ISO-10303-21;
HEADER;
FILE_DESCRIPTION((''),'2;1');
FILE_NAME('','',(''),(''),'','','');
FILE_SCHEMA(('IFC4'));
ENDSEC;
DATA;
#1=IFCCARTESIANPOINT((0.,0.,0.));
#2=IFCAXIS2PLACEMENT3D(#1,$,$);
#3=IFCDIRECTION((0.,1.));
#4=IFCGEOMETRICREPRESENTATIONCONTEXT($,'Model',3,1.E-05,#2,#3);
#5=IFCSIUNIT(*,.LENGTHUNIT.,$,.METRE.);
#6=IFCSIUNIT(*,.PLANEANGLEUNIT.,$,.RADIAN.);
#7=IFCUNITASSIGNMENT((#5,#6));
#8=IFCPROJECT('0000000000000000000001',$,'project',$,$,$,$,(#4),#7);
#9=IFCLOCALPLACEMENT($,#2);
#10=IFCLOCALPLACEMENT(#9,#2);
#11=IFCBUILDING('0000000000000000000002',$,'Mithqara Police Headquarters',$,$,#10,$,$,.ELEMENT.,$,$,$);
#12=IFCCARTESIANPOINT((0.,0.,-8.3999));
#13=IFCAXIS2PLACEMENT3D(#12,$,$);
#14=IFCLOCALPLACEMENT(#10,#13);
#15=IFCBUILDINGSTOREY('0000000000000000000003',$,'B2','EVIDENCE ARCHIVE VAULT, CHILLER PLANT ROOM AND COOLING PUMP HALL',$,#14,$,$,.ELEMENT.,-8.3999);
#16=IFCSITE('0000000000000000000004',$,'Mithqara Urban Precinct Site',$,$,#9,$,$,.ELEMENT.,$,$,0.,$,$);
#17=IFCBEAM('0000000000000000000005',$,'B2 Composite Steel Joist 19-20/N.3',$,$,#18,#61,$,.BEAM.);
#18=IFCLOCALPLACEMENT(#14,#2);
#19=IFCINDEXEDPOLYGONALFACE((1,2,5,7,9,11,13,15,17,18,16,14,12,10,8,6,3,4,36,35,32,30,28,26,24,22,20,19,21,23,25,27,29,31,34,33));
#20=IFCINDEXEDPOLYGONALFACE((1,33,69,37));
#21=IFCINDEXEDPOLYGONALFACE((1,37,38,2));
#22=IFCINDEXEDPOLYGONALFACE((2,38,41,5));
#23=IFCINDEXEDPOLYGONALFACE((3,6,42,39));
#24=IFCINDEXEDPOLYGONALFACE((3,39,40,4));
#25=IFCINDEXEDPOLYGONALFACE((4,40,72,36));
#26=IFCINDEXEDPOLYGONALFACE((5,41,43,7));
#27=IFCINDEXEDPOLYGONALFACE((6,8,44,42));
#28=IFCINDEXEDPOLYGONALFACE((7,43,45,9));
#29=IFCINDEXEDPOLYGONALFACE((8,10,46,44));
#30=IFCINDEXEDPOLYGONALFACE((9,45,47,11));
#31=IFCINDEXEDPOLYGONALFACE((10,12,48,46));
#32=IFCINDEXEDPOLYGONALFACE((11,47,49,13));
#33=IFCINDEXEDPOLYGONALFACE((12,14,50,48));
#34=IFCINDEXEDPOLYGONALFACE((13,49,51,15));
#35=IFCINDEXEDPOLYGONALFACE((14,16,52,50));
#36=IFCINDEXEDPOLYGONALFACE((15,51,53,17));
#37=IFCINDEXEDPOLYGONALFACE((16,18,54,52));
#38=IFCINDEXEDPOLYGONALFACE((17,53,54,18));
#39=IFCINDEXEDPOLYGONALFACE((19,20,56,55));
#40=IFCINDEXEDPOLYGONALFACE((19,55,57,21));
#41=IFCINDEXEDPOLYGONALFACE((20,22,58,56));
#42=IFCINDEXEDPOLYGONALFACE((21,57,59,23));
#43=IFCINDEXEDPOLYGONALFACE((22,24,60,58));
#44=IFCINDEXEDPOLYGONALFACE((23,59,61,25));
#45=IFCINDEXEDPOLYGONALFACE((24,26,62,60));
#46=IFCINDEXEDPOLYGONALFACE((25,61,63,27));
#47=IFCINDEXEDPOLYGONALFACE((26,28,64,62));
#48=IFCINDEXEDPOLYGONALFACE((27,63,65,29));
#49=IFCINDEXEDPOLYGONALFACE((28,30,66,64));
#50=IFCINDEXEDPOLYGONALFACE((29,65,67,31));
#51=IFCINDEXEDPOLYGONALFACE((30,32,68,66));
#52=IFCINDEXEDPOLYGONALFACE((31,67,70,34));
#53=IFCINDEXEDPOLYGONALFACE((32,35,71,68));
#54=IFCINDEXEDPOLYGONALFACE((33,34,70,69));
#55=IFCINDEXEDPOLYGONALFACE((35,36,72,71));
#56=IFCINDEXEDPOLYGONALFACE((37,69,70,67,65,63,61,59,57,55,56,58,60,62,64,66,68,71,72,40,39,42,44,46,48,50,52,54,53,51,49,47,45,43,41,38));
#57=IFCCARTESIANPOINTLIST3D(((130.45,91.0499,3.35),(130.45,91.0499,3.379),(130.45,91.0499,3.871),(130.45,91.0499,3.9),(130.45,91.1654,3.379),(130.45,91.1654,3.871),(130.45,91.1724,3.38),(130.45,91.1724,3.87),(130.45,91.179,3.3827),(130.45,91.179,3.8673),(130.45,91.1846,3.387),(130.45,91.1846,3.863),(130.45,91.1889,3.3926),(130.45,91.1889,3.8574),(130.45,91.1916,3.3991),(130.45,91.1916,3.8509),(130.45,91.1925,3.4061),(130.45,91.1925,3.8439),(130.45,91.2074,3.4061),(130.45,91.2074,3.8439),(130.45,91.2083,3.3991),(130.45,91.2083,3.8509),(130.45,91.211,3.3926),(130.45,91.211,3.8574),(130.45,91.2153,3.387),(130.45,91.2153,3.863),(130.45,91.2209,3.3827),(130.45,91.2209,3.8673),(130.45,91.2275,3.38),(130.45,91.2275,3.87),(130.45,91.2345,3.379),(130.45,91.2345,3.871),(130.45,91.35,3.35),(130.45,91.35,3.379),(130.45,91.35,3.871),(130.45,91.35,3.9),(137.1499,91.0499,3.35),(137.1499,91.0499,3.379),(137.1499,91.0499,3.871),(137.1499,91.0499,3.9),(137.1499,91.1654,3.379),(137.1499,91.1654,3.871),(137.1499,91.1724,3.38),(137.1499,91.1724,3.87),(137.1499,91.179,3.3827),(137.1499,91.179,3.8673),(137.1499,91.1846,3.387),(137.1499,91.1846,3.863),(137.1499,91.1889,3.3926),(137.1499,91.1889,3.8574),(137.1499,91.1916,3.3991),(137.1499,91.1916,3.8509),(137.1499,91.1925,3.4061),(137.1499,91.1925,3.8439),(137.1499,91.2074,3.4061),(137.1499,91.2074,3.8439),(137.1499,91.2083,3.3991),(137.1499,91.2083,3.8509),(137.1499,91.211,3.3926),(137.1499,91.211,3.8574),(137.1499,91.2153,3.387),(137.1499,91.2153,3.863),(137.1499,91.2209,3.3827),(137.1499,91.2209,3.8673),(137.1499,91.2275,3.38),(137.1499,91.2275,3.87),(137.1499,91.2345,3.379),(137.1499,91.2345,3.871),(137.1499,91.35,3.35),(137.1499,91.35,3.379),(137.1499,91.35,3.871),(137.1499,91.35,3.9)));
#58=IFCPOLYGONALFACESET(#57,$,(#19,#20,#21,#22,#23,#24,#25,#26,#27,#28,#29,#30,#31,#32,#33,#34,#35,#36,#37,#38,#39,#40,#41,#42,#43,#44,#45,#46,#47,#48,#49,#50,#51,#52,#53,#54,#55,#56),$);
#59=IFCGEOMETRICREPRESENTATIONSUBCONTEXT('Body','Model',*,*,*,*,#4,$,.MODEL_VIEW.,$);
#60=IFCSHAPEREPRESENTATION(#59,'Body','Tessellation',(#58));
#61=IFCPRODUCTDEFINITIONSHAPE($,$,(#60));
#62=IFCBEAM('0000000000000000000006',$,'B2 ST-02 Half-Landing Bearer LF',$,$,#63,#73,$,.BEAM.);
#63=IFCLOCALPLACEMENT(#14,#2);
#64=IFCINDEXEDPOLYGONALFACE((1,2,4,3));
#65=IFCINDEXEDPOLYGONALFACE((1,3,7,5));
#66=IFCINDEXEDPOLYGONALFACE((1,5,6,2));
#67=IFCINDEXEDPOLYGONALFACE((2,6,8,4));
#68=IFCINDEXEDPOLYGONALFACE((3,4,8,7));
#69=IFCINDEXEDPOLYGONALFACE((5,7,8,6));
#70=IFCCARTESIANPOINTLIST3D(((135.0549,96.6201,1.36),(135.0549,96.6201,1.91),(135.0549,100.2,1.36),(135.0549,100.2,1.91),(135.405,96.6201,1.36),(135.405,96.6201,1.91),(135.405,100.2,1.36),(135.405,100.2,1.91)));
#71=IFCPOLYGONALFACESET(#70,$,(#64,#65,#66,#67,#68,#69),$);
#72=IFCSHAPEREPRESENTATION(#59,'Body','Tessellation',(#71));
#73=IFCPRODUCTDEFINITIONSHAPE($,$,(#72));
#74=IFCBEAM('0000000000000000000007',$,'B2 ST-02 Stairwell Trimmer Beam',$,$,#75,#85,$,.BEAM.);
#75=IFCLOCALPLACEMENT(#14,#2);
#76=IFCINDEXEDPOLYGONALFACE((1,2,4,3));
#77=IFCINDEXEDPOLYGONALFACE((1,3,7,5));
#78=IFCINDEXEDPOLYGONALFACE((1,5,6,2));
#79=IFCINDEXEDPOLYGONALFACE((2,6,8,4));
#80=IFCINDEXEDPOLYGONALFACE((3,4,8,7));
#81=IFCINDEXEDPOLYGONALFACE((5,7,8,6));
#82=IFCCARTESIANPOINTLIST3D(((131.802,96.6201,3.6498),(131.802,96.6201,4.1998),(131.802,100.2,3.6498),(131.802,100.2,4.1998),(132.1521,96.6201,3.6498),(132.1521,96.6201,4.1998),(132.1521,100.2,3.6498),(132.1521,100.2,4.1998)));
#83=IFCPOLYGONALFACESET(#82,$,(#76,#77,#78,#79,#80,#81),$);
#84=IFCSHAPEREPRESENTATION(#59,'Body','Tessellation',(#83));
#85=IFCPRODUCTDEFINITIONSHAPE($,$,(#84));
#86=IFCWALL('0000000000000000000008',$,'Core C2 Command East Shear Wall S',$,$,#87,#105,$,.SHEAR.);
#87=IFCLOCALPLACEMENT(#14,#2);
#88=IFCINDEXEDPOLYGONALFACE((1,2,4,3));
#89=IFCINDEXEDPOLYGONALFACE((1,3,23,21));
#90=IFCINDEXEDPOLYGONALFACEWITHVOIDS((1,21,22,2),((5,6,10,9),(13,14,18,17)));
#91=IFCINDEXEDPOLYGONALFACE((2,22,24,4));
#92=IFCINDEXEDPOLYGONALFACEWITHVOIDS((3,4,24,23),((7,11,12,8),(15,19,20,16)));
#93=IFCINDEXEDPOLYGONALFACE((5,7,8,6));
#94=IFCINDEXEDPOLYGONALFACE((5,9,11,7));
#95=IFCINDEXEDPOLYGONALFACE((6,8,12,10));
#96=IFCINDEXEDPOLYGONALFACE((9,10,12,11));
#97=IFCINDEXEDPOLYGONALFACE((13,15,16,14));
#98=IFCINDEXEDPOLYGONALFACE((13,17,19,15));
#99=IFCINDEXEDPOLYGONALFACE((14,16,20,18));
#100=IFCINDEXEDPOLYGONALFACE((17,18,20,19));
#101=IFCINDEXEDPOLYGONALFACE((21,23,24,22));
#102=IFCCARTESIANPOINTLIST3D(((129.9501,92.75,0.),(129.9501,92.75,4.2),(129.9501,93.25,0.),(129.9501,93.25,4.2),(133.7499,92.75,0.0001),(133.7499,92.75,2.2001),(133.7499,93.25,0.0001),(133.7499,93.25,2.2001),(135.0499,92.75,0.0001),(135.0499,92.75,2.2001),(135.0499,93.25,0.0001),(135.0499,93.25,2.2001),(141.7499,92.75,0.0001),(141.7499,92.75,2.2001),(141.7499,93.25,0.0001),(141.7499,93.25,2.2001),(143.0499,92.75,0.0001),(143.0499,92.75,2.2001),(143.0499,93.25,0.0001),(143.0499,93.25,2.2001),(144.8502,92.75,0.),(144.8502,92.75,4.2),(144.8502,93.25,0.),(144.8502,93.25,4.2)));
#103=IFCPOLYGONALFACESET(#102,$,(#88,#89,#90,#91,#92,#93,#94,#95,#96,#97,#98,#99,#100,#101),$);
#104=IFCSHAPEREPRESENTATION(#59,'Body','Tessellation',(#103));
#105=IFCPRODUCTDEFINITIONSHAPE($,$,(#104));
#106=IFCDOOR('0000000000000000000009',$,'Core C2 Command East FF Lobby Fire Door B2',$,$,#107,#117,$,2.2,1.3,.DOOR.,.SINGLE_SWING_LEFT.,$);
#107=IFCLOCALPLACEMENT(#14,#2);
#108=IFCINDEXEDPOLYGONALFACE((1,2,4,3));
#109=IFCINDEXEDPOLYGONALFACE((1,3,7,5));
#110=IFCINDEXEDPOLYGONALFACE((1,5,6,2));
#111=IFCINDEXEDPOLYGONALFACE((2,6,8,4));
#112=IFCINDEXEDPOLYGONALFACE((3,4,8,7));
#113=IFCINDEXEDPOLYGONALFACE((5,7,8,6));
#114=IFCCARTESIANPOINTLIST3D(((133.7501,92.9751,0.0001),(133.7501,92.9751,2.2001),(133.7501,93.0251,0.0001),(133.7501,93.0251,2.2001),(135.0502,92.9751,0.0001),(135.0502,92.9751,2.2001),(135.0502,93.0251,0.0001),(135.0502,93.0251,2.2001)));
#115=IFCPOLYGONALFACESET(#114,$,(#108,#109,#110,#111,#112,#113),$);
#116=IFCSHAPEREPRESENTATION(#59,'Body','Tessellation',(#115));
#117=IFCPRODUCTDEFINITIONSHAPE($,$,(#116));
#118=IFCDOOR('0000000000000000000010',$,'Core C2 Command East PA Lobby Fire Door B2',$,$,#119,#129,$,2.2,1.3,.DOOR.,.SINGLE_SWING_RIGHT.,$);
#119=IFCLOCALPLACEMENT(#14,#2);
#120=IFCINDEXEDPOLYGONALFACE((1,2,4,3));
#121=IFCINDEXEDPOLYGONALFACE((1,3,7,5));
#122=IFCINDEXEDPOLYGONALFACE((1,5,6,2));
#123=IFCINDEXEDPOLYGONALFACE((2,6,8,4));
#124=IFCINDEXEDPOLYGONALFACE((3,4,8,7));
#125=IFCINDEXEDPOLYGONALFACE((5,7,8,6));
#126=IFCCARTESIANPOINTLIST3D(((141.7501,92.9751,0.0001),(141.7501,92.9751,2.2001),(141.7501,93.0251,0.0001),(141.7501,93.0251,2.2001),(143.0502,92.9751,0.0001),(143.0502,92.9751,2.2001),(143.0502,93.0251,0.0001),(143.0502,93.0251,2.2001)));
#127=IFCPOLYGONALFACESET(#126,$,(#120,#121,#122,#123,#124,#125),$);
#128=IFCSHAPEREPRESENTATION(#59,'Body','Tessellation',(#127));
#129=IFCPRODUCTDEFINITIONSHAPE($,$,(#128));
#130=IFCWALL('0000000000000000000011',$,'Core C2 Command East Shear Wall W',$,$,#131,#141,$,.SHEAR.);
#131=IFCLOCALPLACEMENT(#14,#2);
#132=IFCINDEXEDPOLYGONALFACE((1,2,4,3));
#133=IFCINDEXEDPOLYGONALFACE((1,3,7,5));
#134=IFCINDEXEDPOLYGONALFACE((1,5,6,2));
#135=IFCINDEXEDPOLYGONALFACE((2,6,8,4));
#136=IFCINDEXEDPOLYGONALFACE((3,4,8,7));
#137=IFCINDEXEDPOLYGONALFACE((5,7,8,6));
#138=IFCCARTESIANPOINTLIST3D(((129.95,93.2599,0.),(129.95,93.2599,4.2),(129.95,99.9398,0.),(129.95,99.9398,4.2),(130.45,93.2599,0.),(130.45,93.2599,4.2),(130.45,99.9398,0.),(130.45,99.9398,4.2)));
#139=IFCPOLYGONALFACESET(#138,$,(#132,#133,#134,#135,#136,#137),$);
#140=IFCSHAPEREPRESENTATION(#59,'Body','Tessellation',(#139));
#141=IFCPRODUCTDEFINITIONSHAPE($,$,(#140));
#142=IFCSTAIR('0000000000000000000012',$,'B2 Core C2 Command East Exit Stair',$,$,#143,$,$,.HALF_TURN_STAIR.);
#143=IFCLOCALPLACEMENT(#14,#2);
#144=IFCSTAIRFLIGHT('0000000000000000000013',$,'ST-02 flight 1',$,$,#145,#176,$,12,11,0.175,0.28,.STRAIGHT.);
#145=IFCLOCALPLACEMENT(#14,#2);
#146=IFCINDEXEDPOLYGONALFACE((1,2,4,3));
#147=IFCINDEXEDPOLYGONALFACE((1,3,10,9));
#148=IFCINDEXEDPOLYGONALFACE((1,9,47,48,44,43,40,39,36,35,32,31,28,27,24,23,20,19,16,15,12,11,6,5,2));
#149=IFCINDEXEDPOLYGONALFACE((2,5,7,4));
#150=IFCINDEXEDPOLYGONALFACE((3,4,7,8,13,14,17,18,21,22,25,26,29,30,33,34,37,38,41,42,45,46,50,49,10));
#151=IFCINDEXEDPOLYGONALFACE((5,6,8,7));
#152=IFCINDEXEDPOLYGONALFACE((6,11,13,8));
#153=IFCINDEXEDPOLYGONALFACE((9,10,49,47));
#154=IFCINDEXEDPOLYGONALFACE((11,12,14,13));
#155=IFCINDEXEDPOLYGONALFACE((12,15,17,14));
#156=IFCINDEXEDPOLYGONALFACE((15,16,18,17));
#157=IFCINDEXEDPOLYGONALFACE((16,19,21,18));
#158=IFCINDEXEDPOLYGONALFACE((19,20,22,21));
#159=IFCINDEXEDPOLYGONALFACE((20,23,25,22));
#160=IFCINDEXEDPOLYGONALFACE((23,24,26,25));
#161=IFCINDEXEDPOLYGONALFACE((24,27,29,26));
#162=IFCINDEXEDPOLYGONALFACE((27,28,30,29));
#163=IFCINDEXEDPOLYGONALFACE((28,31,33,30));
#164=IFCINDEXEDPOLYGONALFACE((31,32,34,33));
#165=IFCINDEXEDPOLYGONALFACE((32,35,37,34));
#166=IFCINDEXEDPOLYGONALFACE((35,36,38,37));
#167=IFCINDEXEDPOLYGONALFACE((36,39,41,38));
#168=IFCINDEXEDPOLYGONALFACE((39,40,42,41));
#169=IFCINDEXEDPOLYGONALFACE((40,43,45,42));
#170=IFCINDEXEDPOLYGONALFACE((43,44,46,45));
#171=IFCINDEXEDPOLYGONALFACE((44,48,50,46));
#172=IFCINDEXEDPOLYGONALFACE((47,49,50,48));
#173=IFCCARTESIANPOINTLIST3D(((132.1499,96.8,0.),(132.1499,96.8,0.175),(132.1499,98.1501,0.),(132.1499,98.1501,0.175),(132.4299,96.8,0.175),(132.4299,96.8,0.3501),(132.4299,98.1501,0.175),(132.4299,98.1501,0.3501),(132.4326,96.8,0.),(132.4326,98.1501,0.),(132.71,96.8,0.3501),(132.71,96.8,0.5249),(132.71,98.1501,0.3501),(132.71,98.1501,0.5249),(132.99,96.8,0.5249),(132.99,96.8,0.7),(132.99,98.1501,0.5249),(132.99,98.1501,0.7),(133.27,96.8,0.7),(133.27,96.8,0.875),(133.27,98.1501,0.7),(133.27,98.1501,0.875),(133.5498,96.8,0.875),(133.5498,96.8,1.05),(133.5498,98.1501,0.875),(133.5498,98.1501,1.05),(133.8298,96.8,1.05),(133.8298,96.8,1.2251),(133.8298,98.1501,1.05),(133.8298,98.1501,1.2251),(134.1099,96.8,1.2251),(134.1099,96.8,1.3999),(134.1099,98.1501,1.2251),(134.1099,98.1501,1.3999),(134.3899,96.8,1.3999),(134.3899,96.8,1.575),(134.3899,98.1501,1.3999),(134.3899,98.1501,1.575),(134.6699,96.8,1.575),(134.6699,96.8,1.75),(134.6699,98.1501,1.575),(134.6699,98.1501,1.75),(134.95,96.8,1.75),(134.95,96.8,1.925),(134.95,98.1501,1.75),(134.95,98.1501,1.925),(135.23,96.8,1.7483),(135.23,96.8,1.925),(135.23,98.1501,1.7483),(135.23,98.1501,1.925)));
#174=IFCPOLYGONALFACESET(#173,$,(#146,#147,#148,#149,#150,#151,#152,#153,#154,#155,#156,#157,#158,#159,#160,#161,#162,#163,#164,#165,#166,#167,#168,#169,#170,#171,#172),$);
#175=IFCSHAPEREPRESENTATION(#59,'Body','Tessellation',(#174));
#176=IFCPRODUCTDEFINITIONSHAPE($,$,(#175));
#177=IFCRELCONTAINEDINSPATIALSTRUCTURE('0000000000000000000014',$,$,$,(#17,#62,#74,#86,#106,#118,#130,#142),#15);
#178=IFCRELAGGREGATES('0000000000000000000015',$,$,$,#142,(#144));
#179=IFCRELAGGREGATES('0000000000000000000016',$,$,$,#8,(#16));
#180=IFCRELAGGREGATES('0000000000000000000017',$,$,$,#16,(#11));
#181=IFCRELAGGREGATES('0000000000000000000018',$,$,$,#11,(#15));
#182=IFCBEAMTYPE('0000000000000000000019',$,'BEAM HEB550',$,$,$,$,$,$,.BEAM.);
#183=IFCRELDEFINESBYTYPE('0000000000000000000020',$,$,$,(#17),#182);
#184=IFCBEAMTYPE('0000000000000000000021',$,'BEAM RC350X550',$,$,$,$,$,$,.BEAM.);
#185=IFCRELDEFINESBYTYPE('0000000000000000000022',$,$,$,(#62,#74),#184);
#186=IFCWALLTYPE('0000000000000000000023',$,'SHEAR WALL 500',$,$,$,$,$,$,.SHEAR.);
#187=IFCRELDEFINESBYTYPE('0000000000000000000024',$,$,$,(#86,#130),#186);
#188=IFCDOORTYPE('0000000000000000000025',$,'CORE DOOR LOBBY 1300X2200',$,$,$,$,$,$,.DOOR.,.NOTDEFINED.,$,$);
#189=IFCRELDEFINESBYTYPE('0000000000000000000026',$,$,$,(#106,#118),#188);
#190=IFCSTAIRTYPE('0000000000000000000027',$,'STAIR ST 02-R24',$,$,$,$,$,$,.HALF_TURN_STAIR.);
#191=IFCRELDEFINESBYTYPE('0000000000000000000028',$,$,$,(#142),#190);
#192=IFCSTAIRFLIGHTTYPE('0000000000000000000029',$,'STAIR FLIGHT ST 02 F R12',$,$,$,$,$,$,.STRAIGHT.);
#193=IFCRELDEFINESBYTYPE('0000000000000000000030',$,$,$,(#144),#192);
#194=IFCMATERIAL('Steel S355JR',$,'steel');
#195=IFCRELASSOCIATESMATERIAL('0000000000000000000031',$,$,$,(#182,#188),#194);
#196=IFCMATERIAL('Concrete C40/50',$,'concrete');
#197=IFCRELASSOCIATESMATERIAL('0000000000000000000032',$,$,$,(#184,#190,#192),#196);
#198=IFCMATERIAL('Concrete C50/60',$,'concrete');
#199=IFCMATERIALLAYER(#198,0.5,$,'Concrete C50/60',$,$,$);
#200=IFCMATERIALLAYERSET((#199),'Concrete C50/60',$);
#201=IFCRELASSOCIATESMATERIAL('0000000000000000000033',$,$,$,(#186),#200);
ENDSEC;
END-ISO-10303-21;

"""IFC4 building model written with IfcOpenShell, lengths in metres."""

from ifc_helpers import new_model, si_unit, direction, frame, frame_2d, origin, origin_2d, place, context, subcontext, project, spatial, polyline, rectangle, i_section, outline, extrude, material, layer, layer_set, material_profile, profile_set, type_object, element, fill, aggregate, save


model = new_model("IFC4")

# Units and contexts
model_context = context("Model", 3, precision=1e-05, world=origin(), true_north=direction((0.0, 1.0)))
body_context = subcontext(model_context, "Body", "Model", "MODEL_VIEW")
ifc_project = project(units=[si_unit("LENGTHUNIT", "METRE"), si_unit("PLANEANGLEUNIT", "RADIAN")], contexts=[model_context])

# Site, building, storey
site_placement = place(None, origin())
site = spatial("IfcSite", under=ifc_project, at=site_placement, Name="Mithqara Urban Precinct Site", CompositionType="ELEMENT", RefElevation=0.0)
building_placement = place(site_placement, origin())
building = spatial("IfcBuilding", under=site, at=building_placement, Name="Mithqara Police Headquarters", CompositionType="ELEMENT")
storey_placement = place(building_placement, frame((0.0, 0.0, -8.3999)))
storey = spatial("IfcBuildingStorey", under=building, at=storey_placement, Name="B2", Description="EVIDENCE ARCHIVE VAULT, CHILLER PLANT ROOM AND COOLING PUMP HALL", CompositionType="ELEMENT", Elevation=-8.3999)

# Shared definitions
ifc_material_1 = material(Name="Concrete C40/50", Category="concrete")

# Beams
ifc_material_2 = material(Name="Steel S355JR", Category="steel")
ifc_material_profile_1 = material_profile(ifc_material_2, i_section(OverallWidth=0.3, OverallDepth=0.55, WebThickness=0.0149, FlangeThickness=0.0291, FilletRadius=0.0271, at=origin_2d()), Name="HEB 550")
ifc_profile_set_1 = profile_set([ifc_material_profile_1], Name="Steel S355JR")
beam_type_1 = type_object("IfcBeamType", Name="BEAM HEB550", PredefinedType="BEAM", material=ifc_profile_set_1)
for number, where, z_axis, x_axis, name in (
    (1, (130.45, 91.2, 3.625), (1.0, 0.0, 0.0), (0.0, 1.0, 0.0), "B2 Composite Steel Joist 19-20/N.3"),
):
    element("IfcBeam", number, at=place(storey_placement, frame(where, z_axis=z_axis, x_axis=x_axis)), inside=storey, type_object=beam_type_1, Name=name, PredefinedType="BEAM", context=body_context, shape_type="SweptSolid", body=[
        extrude(i_section(OverallWidth=0.3, OverallDepth=0.55, WebThickness=0.0149, FlangeThickness=0.0291, FilletRadius=0.0271, at=origin_2d()), origin(), (0.0, 0.0, 1.0), 6.7),
    ])
ifc_material_profile_2 = material_profile(ifc_material_1, rectangle(XDim=0.3501, YDim=0.55, at=origin_2d()), Name="RC 350x550")
ifc_profile_set_2 = profile_set([ifc_material_profile_2], Name="Concrete C40/50")
beam_type_2 = type_object("IfcBeamType", Name="BEAM RC350X550", PredefinedType="BEAM", material=ifc_profile_set_2)
for number, where, z_axis, x_axis, name in (
    (2, (135.23, 96.6201, 1.635), (0.0, 1.0, 0.0), (-1.0, 0.0, 0.0), "B2 ST-02 Half-Landing Bearer LF"),
    (3, (131.9771, 96.6201, 3.9248), (0.0, 1.0, 0.0), (-1.0, 0.0, 0.0), "B2 ST-02 Stairwell Trimmer Beam"),
):
    element("IfcBeam", number, at=place(storey_placement, frame(where, z_axis=z_axis, x_axis=x_axis)), inside=storey, type_object=beam_type_2, Name=name, PredefinedType="BEAM", context=body_context, shape_type="SweptSolid", body=[
        extrude(rectangle(XDim=0.3501, YDim=0.55, at=origin_2d()), origin(), (0.0, 0.0, 1.0), 3.5798),
    ])

# Wall, openings, doors
ifc_material_3 = material(Name="Concrete C50/60", Category="concrete")
ifc_layer = layer(ifc_material_3, 0.5, Name="Concrete C50/60")
ifc_layer_set = layer_set([ifc_layer], Name="Concrete C50/60")
wall_type = type_object("IfcWallType", Name="SHEAR WALL 500", PredefinedType="SHEAR", material=ifc_layer_set)
wall_1_placement = place(storey_placement, frame((129.95, 93.0, 0.0), z_axis=(0.0, 0.0, 1.0), x_axis=(1.0, 0.0, 0.0)))
wall_1 = element("IfcWall", 4, at=wall_1_placement, inside=storey, type_object=wall_type, Name="Core C2 Command East Shear Wall S", PredefinedType="SHEAR", context=body_context, shape_type="SweptSolid", body=[
    extrude(rectangle(XDim=14.9001, YDim=0.5, at=frame_2d((7.4502, 0.0))), origin(), (0.0, 0.0, 1.0), 4.2),
])
opening_1_placement = place(wall_1_placement, frame((3.8, 0.0, 0.0)))
opening_1 = element("IfcOpeningElement", 5, at=opening_1_placement, cuts=wall_1, PredefinedType="OPENING", context=body_context, shape_type="SweptSolid", body=[
    extrude(rectangle(XDim=1.3, YDim=2.2, at=frame_2d((0.6499, 1.1001))), frame((0.0, 0.26, 0.0), z_axis=(0.0, -1.0, 0.0), x_axis=(1.0, 0.0, 0.0)), (0.0, 0.0, 1.0), 0.52),
])
opening_2_placement = place(wall_1_placement, frame((11.8, 0.0, 0.0)))
opening_2 = element("IfcOpeningElement", 6, at=opening_2_placement, cuts=wall_1, PredefinedType="OPENING", context=body_context, shape_type="SweptSolid", body=[
    extrude(rectangle(XDim=1.3, YDim=2.2, at=frame_2d((0.6499, 1.1001))), frame((0.0, 0.26, 0.0), z_axis=(0.0, -1.0, 0.0), x_axis=(1.0, 0.0, 0.0)), (0.0, 0.0, 1.0), 0.52),
])
door_type_1 = type_object("IfcDoorType", Name="CORE DOOR LOBBY 1300X2200", OperationType="NOTDEFINED", PredefinedType="DOOR", material=ifc_material_2)
door_1_placement = place(opening_1_placement, frame((1.3, 0.0, 0.0), z_axis=(0.0, 0.0, 1.0), x_axis=(-1.0, 0.0, 0.0)))
door_1 = element("IfcDoor", 7, at=door_1_placement, inside=storey, type_object=door_type_1, Name="Core C2 Command East FF Lobby Fire Door B2", OperationType="SINGLE_SWING_LEFT", OverallHeight=2.2, OverallWidth=1.3, PredefinedType="DOOR", context=body_context, shape_type="SweptSolid", body=[
    extrude(rectangle(XDim=1.3, YDim=2.2, at=frame_2d((0.6499, 1.1001))), frame((0.0, 0.0249, 0.0), z_axis=(0.0, -1.0, 0.0), x_axis=(1.0, 0.0, 0.0)), (0.0, 0.0, 1.0), 0.05),
])
fill(opening_1, door_1)
door_2_placement = place(opening_2_placement, frame((1.3, 0.0, 0.0), z_axis=(0.0, 0.0, 1.0), x_axis=(-1.0, 0.0, 0.0)))
door_2 = element("IfcDoor", 8, at=door_2_placement, inside=storey, type_object=door_type_1, Name="Core C2 Command East PA Lobby Fire Door B2", OperationType="SINGLE_SWING_RIGHT", OverallHeight=2.2, OverallWidth=1.3, PredefinedType="DOOR", context=body_context, shape_type="SweptSolid", body=[
    extrude(rectangle(XDim=1.3, YDim=2.2, at=frame_2d((0.6499, 1.1001))), frame((0.0, 0.0249, 0.0), z_axis=(0.0, -1.0, 0.0), x_axis=(1.0, 0.0, 0.0)), (0.0, 0.0, 1.0), 0.05),
])
fill(opening_2, door_2)

# Wall
wall_2_placement = place(storey_placement, frame((130.2, 93.26, 0.0), z_axis=(0.0, 0.0, 1.0), x_axis=(0.0, 1.0, 0.0)))
element("IfcWall", 9, at=wall_2_placement, inside=storey, type_object=wall_type, Name="Core C2 Command East Shear Wall W", PredefinedType="SHEAR", context=body_context, shape_type="SweptSolid", body=[
    extrude(rectangle(XDim=6.6799, YDim=0.5, at=frame_2d((3.3398, 0.0))), origin(), (0.0, 0.0, 1.0), 4.2),
])

# Stair, stair flight
stair_type = type_object("IfcStairType", Name="STAIR ST 02-R24", PredefinedType="HALF_TURN_STAIR", material=ifc_material_1)
stair_placement = place(storey_placement, origin())
stair = element("IfcStair", 10, at=stair_placement, inside=storey, type_object=stair_type, Name="B2 Core C2 Command East Exit Stair", PredefinedType="HALF_TURN_STAIR")
stair_flight_type = type_object("IfcStairFlightType", Name="STAIR FLIGHT ST 02 F R12", PredefinedType="STRAIGHT", material=ifc_material_1)
stair_flight_placement = place(storey_placement, frame((132.1499, 97.4751, 0.0), z_axis=(0.0, 0.0, 1.0), x_axis=(1.0, 0.0, 0.0)))
stair_flight = element("IfcStairFlight", 11, at=stair_flight_placement, type_object=stair_flight_type, Name="ST-02 flight 1", NumberOfRisers=12, NumberOfTreads=11, PredefinedType="STRAIGHT", RiserHeight=0.175, TreadLength=0.28, context=body_context, shape_type="SweptSolid", body=[
    extrude(outline(polyline([(0.0, 0.0), (0.0, 0.175), (0.28, 0.175), (0.28, 0.3501), (0.5601, 0.3501), (0.5601, 0.5249), (0.8401, 0.5249), (0.8401, 0.7), (1.1201, 0.7), (1.1201, 0.875), (1.3999, 0.875), (1.3999, 1.05), (1.6799, 1.05), (1.6799, 1.2251), (1.96, 1.2251), (1.96, 1.3999), (2.24, 1.3999), (2.24, 1.575), (2.52, 1.575), (2.52, 1.75), (2.8, 1.75), (2.8, 1.925), (3.0801, 1.925), (3.0801, 2.1001), (3.0801, 1.7483), (0.2827, 0.0), (0.0, 0.0)])), frame((0.0, 0.675, 0.0), z_axis=(0.0, -1.0, 0.0), x_axis=(1.0, 0.0, 0.0)), (0.0, 0.0, 1.0), 1.3501),
])
aggregate(stair, [stair_flight])

save(model, "model.ifc")
